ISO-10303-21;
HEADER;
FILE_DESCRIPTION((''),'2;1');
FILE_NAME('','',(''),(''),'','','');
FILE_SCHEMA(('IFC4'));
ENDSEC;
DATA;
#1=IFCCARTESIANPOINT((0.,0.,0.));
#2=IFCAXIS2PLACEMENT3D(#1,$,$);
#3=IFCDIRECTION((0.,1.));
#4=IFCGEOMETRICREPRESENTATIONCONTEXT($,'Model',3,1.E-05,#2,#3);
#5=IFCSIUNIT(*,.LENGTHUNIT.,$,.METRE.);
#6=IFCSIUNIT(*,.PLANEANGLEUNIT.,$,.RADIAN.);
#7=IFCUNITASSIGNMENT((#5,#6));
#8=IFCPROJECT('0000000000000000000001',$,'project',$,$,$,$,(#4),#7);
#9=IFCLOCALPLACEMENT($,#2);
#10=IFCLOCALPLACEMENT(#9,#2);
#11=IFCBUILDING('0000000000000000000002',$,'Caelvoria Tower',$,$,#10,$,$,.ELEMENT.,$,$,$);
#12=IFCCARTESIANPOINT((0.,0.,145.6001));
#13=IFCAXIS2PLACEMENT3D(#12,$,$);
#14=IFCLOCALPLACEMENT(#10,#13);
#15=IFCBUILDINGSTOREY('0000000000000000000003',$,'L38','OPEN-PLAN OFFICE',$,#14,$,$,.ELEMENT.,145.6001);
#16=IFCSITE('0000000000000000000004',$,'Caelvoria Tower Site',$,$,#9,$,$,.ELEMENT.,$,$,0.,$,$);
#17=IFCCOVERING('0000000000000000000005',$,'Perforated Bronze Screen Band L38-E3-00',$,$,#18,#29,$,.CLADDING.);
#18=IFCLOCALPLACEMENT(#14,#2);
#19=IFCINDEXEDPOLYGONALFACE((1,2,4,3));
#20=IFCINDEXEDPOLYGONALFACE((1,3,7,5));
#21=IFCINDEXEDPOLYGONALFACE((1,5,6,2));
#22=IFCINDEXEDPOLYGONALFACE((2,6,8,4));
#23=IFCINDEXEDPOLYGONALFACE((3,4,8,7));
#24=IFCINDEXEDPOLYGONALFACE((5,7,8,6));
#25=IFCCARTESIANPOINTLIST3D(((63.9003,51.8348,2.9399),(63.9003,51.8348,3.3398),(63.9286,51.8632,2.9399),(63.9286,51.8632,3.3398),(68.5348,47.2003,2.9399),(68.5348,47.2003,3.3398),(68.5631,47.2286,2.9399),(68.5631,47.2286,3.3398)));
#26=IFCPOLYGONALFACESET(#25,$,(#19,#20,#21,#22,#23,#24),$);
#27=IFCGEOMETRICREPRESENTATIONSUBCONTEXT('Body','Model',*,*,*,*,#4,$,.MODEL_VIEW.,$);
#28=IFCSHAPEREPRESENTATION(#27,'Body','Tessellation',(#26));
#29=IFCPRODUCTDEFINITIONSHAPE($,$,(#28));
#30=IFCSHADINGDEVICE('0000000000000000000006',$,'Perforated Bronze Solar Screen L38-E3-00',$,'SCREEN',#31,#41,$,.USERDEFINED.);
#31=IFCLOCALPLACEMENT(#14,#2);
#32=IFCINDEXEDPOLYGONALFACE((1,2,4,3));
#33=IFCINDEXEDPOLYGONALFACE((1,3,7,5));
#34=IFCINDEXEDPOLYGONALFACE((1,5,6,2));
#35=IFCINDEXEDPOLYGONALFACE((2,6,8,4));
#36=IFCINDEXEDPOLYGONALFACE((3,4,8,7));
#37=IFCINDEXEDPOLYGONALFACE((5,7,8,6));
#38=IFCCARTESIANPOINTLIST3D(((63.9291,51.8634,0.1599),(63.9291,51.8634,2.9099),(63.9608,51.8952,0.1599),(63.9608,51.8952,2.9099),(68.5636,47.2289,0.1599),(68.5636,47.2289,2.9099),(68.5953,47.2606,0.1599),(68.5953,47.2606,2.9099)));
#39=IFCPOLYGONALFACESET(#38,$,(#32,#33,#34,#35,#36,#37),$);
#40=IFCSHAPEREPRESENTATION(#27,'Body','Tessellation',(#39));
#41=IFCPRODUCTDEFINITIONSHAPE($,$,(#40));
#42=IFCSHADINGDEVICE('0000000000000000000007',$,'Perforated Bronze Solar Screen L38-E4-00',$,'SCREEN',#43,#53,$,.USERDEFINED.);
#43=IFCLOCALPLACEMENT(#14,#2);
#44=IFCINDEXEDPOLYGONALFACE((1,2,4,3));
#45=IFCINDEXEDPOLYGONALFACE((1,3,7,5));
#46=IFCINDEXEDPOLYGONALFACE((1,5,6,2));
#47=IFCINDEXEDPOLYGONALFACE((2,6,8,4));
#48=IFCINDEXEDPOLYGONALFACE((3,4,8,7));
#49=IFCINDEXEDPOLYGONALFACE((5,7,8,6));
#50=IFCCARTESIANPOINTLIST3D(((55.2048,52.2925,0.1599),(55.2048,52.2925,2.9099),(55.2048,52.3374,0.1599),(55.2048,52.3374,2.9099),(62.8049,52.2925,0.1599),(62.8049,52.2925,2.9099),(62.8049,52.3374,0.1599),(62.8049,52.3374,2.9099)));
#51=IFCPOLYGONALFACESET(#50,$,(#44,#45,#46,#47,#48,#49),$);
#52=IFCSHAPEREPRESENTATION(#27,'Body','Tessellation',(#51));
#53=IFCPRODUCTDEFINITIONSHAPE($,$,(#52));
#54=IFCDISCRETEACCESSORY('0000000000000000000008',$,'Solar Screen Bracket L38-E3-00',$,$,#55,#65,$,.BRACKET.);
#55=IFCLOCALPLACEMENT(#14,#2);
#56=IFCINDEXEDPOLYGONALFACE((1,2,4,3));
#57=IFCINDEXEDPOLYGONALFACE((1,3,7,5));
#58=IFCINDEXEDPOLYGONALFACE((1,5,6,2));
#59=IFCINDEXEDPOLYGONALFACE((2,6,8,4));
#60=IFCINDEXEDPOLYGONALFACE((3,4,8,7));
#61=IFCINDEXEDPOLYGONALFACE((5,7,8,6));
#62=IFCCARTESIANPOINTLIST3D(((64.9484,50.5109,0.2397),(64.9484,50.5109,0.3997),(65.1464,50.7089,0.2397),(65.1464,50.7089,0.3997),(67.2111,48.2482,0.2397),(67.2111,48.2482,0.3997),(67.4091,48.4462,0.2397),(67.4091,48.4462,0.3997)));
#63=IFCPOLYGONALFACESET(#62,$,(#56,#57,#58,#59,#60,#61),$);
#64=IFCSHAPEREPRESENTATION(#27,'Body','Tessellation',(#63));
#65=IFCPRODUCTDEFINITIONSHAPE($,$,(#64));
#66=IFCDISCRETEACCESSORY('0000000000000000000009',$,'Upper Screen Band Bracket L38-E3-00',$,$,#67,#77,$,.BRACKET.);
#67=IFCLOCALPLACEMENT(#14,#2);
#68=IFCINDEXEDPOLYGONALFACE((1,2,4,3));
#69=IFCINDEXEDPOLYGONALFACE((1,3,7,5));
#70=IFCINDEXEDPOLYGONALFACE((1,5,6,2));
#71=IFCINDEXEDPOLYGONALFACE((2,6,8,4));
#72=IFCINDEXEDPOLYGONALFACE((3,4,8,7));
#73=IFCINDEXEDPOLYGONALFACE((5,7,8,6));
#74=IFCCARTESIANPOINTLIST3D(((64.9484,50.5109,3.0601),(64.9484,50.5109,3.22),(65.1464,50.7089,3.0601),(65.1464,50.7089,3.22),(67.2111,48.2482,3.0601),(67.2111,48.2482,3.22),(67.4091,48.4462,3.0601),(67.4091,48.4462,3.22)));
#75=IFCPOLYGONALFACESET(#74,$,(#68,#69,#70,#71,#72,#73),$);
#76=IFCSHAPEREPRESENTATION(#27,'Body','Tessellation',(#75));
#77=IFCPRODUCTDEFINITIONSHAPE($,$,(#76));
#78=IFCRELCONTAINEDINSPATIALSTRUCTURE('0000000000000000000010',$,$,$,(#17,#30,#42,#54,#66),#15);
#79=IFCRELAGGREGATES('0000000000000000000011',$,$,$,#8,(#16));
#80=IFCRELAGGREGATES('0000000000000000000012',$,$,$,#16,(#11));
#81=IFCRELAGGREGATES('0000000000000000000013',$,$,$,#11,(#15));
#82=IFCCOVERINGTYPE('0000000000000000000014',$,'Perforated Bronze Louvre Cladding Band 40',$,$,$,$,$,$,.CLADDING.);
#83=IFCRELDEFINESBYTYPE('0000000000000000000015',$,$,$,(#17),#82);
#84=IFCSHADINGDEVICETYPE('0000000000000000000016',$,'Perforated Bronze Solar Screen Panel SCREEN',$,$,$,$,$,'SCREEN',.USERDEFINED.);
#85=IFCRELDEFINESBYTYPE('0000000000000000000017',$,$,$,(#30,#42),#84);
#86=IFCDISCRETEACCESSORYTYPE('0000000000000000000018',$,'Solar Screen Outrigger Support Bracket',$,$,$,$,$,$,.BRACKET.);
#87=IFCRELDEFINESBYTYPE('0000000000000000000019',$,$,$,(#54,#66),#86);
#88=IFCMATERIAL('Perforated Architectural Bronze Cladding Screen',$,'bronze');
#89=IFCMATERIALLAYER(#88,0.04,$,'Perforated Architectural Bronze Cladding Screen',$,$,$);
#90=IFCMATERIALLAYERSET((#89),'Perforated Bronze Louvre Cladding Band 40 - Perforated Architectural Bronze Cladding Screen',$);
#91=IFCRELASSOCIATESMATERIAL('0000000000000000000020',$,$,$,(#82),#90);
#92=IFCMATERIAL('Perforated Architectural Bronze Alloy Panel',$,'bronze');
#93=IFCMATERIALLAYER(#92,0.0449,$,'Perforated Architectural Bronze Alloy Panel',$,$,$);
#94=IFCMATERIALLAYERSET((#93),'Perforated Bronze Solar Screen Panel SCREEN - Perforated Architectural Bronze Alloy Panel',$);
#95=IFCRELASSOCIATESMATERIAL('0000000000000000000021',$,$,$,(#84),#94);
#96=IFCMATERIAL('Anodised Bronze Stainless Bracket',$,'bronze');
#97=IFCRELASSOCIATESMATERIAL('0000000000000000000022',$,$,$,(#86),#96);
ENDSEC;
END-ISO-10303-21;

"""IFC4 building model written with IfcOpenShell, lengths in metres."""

from ifc_helpers import new_model, si_unit, direction, frame, origin, origin_2d, place, context, subcontext, project, spatial, rectangle, extrude, material, layer, layer_set, type_object, element, save


model = new_model("IFC4")

# Units and contexts
model_context = context("Model", 3, precision=1e-05, world=origin(), true_north=direction((0.0, 1.0)))
body_context = subcontext(model_context, "Body", "Model", "MODEL_VIEW")
ifc_project = project(units=[si_unit("LENGTHUNIT", "METRE"), si_unit("PLANEANGLEUNIT", "RADIAN")], contexts=[model_context])

# Site, building, storey
site_placement = place(None, origin())
site = spatial("IfcSite", under=ifc_project, at=site_placement, Name="Caelvoria Tower Site", CompositionType="ELEMENT", RefElevation=0.0)
building_placement = place(site_placement, origin())
building = spatial("IfcBuilding", under=site, at=building_placement, Name="Caelvoria Tower", CompositionType="ELEMENT")
storey_placement = place(building_placement, frame((0.0, 0.0, 145.6001)))
storey = spatial("IfcBuildingStorey", under=building, at=storey_placement, Name="L38", Description="OPEN-PLAN OFFICE", CompositionType="ELEMENT", Elevation=145.6001)

# Covering
ifc_material_1 = material(Name="Perforated Architectural Bronze Cladding Screen", Category="bronze")
ifc_layer_1 = layer(ifc_material_1, 0.04, Name="Perforated Architectural Bronze Cladding Screen")
ifc_layer_set_1 = layer_set([ifc_layer_1], Name="Perforated Bronze Louvre Cladding Band 40 - Perforated Architectural Bronze Cladding Screen")
covering_type = type_object("IfcCoveringType", Name="Perforated Bronze Louvre Cladding Band 40", PredefinedType="CLADDING", material=ifc_layer_set_1)
covering_placement = place(storey_placement, frame((66.2317, 49.5317, 2.9399), z_axis=(0.0, 0.0, 1.0), x_axis=(-0.707107, 0.707107, 0.0)))
element("IfcCovering", 1, at=covering_placement, inside=storey, type_object=covering_type, Name="Perforated Bronze Screen Band L38-E3-00", PredefinedType="CLADDING", context=body_context, shape_type="SweptSolid", body=[
    extrude(rectangle(XDim=6.5542, YDim=0.04, at=origin_2d()), origin(), (0.0, 0.0, 1.0), 0.3999),
])

# Shading devices
ifc_material_2 = material(Name="Perforated Architectural Bronze Alloy Panel", Category="bronze")
ifc_layer_2 = layer(ifc_material_2, 0.0449, Name="Perforated Architectural Bronze Alloy Panel")
ifc_layer_set_2 = layer_set([ifc_layer_2], Name="Perforated Bronze Solar Screen Panel SCREEN - Perforated Architectural Bronze Alloy Panel")
shading_device_type = type_object("IfcShadingDeviceType", Name="Perforated Bronze Solar Screen Panel SCREEN", ElementType="SCREEN", PredefinedType="USERDEFINED", material=ifc_layer_set_2)
shading_device_1_placement = place(storey_placement, frame((66.2622, 49.562, 0.1599), z_axis=(0.0, 0.0, 1.0), x_axis=(-0.707107, 0.707107, 0.0)))
element("IfcShadingDevice", 2, at=shading_device_1_placement, inside=storey, type_object=shading_device_type, Name="Perforated Bronze Solar Screen L38-E3-00", ObjectType="SCREEN", PredefinedType="USERDEFINED", context=body_context, shape_type="SweptSolid", body=[
    extrude(rectangle(XDim=6.5542, YDim=0.0449, at=origin_2d()), origin(), (0.0, 0.0, 1.0), 2.75),
])
shading_device_2_placement = place(storey_placement, frame((59.0049, 52.3149, 0.1599), z_axis=(0.0, 0.0, 1.0), x_axis=(-1.0, 0.0, 0.0)))
element("IfcShadingDevice", 3, at=shading_device_2_placement, inside=storey, type_object=shading_device_type, Name="Perforated Bronze Solar Screen L38-E4-00", ObjectType="SCREEN", PredefinedType="USERDEFINED", context=body_context, shape_type="SweptSolid", body=[
    extrude(rectangle(XDim=7.6001, YDim=0.0449, at=origin_2d()), origin(), (0.0, 0.0, 1.0), 2.75),
])

# Discrete accessories
ifc_material_3 = material(Name="Anodised Bronze Stainless Bracket", Category="bronze")
discrete_accessory_type = type_object("IfcDiscreteAccessoryType", Name="Solar Screen Outrigger Support Bracket", PredefinedType="BRACKET", material=ifc_material_3)
for number, where, z_axis, x_axis, name in (
    (4, (66.1787, 49.4785, 0.2397), (0.0, 0.0, 1.0), (-0.707107, 0.707107, 0.0), "Solar Screen Bracket L38-E3-00"),
    (5, (66.1787, 49.4785, 3.0601), (0.0, 0.0, 1.0), (-0.707107, 0.707107, 0.0), "Upper Screen Band Bracket L38-E3-00"),
):
    element("IfcDiscreteAccessory", number, at=place(storey_placement, frame(where, z_axis=z_axis, x_axis=x_axis)), inside=storey, type_object=discrete_accessory_type, Name=name, PredefinedType="BRACKET", context=body_context, shape_type="SweptSolid", body=[
        extrude(rectangle(XDim=3.2, YDim=0.28, at=origin_2d()), origin(), (0.0, 0.0, 1.0), 0.1599),
    ])

save(model, "model.ifc")
